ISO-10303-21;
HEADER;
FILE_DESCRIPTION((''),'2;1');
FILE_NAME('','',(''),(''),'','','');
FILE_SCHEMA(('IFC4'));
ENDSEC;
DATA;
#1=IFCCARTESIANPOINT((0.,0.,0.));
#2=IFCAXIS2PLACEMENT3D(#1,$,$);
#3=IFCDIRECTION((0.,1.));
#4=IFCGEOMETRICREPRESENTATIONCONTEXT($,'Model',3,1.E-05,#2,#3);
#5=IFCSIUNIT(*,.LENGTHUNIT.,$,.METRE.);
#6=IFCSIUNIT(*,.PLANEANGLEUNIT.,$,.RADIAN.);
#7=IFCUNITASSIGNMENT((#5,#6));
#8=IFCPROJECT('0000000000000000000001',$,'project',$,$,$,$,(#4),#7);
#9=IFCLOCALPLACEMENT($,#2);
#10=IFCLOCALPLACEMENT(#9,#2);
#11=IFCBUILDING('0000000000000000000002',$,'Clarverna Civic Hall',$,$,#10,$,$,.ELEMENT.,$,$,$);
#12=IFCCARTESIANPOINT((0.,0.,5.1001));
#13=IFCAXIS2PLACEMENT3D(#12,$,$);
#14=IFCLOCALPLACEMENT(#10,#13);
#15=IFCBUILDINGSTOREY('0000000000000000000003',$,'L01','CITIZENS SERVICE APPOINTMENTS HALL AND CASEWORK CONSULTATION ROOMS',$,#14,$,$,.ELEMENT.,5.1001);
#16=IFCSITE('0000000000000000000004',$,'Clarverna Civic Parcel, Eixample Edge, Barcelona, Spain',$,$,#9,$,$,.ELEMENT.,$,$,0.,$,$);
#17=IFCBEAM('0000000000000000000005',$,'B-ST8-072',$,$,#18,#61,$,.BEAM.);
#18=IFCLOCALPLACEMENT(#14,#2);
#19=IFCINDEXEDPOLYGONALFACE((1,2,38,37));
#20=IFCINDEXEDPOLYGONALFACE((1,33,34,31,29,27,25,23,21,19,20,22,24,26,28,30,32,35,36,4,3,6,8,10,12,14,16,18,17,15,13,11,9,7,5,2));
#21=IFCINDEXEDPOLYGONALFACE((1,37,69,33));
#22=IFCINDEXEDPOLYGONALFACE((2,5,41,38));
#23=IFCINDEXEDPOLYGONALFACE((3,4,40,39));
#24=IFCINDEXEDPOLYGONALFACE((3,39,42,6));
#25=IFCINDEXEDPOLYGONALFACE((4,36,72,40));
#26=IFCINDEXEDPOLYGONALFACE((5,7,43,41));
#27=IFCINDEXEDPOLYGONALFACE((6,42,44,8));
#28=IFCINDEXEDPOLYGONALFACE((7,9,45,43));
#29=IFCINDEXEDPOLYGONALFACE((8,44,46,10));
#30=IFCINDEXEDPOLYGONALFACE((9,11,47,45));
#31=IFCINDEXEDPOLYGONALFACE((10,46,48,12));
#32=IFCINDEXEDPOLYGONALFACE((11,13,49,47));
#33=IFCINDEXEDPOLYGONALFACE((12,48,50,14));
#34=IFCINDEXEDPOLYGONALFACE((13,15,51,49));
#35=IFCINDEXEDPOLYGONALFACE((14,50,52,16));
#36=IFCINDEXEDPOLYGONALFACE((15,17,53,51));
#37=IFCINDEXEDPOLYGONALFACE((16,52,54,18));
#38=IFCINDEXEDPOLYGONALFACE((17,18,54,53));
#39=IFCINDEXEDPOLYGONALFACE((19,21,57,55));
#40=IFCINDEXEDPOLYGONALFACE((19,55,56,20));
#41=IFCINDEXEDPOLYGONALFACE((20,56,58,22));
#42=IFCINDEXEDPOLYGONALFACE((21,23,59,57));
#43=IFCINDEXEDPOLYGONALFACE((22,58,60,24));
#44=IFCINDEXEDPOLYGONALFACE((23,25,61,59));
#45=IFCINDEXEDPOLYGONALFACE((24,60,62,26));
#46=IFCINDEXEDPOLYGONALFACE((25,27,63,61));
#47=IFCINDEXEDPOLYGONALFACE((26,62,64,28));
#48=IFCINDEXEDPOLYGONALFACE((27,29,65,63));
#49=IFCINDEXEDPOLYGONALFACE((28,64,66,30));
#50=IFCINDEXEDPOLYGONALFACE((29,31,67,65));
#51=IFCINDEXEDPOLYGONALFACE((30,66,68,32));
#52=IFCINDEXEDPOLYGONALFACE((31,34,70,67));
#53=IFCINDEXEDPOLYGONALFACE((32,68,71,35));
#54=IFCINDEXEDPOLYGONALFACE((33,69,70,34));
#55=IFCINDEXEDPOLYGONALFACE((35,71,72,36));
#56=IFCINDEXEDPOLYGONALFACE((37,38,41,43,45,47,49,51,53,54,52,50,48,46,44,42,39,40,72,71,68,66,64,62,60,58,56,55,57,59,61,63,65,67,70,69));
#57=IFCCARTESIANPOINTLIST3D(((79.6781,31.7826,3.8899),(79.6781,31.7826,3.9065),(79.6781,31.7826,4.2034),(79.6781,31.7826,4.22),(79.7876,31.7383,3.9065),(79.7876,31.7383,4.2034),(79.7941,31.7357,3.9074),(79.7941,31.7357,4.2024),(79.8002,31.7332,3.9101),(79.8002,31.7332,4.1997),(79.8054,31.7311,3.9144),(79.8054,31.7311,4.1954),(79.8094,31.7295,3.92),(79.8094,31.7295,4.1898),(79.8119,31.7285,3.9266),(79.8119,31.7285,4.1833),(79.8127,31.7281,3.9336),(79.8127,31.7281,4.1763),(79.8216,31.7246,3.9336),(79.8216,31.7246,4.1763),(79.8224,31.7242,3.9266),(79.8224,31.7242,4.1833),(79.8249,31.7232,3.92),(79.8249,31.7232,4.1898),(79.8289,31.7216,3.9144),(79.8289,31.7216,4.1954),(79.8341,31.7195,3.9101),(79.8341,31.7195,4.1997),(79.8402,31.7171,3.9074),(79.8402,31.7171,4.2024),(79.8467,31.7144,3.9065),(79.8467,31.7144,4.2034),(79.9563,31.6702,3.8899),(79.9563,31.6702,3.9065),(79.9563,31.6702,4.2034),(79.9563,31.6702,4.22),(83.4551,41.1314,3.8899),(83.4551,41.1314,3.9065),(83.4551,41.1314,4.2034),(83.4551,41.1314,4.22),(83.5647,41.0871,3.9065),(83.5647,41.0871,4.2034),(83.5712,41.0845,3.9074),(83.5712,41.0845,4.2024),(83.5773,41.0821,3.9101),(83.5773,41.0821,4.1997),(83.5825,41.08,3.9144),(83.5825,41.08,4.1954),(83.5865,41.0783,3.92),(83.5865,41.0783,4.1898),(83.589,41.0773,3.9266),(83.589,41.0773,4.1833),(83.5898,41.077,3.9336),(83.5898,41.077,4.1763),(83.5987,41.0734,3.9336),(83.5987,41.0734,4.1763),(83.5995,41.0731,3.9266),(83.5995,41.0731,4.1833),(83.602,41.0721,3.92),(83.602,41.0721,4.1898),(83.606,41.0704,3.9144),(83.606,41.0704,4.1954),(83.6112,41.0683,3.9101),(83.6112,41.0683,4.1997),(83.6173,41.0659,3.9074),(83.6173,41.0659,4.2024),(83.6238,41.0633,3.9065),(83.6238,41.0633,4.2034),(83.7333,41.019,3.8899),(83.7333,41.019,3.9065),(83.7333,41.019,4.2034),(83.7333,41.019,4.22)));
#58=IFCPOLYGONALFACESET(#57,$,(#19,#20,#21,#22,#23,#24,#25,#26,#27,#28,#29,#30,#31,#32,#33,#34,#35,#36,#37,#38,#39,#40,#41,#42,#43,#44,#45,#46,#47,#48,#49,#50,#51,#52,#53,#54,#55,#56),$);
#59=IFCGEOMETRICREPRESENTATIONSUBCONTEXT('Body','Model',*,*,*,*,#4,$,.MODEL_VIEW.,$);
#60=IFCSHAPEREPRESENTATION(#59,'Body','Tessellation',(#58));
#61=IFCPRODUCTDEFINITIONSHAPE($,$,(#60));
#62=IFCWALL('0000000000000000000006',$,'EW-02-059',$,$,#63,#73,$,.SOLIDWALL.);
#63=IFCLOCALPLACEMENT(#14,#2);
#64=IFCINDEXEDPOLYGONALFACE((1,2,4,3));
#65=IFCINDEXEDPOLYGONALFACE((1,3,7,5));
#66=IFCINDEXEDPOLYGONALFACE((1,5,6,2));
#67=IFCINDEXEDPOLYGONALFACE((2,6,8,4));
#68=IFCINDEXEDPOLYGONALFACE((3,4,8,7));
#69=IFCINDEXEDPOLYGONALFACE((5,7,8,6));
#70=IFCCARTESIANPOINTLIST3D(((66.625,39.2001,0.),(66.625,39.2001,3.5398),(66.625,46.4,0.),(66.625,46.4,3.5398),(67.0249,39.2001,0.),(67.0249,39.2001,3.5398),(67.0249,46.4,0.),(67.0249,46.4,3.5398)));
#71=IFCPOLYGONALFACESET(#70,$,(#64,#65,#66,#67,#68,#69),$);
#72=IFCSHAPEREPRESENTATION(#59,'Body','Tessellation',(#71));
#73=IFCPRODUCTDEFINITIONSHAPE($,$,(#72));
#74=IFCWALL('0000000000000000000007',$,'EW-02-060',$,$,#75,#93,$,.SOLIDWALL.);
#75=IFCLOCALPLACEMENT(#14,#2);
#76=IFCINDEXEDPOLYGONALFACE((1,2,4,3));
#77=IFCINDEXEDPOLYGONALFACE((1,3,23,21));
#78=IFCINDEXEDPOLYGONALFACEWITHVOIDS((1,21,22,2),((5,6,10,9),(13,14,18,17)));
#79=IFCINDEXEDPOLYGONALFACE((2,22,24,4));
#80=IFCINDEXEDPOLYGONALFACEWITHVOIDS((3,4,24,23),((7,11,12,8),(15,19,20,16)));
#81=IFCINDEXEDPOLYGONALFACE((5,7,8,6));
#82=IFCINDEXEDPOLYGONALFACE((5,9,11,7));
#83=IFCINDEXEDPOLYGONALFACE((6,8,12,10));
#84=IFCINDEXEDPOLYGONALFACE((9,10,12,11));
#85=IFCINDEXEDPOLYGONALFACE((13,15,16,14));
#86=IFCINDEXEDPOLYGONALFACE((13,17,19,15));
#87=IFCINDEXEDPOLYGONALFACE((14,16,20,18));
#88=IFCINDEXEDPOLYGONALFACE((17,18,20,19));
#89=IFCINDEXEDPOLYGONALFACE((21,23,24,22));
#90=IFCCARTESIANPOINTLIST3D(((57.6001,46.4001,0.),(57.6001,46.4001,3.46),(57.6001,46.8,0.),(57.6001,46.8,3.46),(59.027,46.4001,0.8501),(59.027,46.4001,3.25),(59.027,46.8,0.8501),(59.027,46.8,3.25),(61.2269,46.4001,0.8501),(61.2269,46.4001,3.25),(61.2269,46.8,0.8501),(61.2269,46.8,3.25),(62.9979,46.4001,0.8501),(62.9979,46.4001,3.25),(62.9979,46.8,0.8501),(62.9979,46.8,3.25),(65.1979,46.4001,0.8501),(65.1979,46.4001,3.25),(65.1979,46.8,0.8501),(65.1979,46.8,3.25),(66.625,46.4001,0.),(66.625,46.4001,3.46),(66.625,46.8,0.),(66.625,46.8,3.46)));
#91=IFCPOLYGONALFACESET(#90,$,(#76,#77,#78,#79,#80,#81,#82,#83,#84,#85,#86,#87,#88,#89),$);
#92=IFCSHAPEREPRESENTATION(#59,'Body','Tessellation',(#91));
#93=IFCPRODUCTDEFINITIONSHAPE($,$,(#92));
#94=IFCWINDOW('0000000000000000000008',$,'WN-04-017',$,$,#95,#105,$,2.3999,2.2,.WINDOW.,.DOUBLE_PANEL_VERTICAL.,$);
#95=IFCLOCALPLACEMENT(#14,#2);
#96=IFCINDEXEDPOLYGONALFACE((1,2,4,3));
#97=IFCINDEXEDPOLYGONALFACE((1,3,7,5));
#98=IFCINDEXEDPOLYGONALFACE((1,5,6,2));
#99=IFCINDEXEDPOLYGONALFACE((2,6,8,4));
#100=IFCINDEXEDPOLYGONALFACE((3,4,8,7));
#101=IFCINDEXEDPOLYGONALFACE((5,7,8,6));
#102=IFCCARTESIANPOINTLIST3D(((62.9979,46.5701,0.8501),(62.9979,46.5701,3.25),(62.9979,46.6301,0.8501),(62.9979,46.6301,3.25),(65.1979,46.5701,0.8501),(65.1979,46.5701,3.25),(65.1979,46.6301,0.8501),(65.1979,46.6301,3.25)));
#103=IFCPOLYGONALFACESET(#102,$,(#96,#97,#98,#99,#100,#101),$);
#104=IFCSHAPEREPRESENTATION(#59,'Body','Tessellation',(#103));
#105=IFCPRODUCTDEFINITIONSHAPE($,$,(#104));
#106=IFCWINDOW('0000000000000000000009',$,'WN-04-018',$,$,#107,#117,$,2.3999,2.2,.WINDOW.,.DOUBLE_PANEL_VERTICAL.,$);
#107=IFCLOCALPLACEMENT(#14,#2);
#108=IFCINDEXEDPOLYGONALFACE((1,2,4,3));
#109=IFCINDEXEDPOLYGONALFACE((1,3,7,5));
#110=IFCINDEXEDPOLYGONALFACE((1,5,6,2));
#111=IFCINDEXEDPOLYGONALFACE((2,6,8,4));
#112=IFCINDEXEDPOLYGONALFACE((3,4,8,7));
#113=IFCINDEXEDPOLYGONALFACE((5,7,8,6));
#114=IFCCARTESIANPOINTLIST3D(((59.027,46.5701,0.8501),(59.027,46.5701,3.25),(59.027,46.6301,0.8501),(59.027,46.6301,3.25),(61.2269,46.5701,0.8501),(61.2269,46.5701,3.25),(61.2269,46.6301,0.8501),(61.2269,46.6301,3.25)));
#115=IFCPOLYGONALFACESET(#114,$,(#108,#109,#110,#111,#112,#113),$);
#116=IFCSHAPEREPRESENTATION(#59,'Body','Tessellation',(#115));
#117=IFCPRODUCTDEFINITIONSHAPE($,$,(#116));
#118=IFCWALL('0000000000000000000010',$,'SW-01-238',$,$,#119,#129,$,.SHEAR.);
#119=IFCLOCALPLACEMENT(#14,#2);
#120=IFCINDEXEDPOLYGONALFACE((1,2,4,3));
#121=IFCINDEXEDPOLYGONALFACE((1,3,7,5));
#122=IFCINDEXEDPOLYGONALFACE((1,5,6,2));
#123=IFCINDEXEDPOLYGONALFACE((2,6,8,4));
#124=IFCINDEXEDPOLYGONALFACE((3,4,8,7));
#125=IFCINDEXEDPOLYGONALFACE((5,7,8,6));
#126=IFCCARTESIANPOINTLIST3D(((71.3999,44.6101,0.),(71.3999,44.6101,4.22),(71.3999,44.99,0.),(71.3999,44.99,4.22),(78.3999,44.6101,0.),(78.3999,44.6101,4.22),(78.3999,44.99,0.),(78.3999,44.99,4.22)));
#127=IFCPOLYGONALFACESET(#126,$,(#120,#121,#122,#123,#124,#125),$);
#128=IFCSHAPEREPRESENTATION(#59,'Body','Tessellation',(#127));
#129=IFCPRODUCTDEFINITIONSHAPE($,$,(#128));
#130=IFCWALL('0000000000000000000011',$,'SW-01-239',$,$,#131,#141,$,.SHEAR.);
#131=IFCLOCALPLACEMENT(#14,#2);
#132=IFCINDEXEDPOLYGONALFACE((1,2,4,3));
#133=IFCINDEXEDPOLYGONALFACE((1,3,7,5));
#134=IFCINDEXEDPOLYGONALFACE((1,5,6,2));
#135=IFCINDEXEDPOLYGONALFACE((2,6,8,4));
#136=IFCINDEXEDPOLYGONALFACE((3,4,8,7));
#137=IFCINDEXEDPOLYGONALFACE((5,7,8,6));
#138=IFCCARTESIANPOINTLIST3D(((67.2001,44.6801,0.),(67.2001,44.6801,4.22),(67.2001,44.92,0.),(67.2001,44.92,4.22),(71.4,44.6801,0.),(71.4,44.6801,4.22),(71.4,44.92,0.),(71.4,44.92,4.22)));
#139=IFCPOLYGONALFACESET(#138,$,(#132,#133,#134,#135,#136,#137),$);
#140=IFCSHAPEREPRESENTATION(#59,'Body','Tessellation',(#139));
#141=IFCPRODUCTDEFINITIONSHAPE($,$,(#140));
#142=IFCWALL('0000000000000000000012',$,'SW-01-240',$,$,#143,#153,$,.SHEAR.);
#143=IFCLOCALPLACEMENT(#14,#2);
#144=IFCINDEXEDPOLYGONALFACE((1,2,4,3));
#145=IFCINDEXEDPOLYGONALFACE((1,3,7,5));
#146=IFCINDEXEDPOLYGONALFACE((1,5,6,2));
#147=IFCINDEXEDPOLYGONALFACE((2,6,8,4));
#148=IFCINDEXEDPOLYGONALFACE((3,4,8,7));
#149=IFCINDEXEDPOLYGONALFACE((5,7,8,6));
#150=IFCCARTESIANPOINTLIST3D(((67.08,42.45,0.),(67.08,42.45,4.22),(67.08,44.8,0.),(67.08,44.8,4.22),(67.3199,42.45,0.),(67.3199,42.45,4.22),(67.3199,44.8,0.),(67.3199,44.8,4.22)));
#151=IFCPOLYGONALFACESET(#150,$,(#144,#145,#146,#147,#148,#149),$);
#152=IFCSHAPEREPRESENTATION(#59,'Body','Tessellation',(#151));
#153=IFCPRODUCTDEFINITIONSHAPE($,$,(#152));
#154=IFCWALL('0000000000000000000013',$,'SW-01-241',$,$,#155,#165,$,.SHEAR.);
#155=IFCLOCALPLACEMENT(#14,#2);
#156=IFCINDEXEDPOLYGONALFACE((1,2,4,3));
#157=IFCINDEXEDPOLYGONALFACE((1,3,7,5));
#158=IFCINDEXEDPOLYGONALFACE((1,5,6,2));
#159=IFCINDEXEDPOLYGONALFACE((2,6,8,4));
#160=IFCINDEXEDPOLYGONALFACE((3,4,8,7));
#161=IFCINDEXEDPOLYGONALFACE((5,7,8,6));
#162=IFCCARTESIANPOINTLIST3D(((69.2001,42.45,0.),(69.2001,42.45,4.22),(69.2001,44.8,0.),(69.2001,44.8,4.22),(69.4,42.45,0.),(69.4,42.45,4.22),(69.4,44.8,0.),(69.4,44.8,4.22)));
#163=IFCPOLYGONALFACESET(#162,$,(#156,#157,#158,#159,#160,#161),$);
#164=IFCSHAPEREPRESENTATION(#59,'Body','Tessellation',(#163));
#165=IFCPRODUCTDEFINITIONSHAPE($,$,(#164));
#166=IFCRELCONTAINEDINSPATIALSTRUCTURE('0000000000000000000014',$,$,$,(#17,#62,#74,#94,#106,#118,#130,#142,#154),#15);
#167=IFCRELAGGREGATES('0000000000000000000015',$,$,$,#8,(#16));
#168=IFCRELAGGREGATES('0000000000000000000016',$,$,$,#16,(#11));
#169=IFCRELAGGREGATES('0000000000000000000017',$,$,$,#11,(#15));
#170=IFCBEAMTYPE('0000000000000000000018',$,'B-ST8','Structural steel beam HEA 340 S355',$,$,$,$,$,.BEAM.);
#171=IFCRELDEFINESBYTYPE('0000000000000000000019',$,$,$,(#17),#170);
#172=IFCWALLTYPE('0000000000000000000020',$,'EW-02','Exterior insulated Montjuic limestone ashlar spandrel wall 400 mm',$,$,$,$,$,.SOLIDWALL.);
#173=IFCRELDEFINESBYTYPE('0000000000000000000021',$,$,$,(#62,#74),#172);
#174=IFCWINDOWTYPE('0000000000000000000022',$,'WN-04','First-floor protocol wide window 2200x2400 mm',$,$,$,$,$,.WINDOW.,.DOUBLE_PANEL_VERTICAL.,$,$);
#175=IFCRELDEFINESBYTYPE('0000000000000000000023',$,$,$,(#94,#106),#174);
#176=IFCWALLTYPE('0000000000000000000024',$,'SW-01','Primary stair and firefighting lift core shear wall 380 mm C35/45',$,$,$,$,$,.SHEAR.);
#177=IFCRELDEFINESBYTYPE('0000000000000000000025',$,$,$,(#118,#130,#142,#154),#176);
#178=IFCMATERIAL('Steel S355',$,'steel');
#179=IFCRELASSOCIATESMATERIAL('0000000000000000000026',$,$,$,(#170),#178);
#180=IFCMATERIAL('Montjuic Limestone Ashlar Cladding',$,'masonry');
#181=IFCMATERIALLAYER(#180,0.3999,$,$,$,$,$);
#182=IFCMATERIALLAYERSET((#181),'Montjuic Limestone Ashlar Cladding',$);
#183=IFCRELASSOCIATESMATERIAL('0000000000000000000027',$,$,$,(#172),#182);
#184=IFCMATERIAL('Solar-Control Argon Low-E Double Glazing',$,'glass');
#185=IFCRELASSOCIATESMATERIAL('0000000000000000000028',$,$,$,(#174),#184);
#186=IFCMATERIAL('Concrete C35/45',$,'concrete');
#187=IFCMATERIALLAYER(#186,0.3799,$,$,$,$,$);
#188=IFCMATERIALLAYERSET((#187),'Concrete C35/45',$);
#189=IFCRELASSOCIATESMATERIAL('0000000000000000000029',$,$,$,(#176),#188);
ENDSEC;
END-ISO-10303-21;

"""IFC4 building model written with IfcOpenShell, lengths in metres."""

from ifc_helpers import new_model, si_unit, direction, frame, frame_2d, origin, origin_2d, place, context, subcontext, project, spatial, rectangle, i_section, extrude, material, layer, layer_set, material_profile, profile_set, type_object, element, fill, save


model = new_model("IFC4")

# Units and contexts
model_context = context("Model", 3, precision=1e-05, world=origin(), true_north=direction((0.0, 1.0)))
body_context = subcontext(model_context, "Body", "Model", "MODEL_VIEW")
ifc_project = project(units=[si_unit("LENGTHUNIT", "METRE"), si_unit("PLANEANGLEUNIT", "RADIAN")], contexts=[model_context])

# Site, building, storey
site_placement = place(None, origin())
site = spatial("IfcSite", under=ifc_project, at=site_placement, Name="Clarverna Civic Parcel, Eixample Edge, Barcelona, Spain", CompositionType="ELEMENT", RefElevation=0.0)
building_placement = place(site_placement, origin())
building = spatial("IfcBuilding", under=site, at=building_placement, Name="Clarverna Civic Hall", CompositionType="ELEMENT")
storey_placement = place(building_placement, frame((0.0, 0.0, 5.1001)))
storey = spatial("IfcBuildingStorey", under=building, at=storey_placement, Name="L01", Description="CITIZENS SERVICE APPOINTMENTS HALL AND CASEWORK CONSULTATION ROOMS", CompositionType="ELEMENT", Elevation=5.1001)

# Shared definitions
ifc_material_1 = material(Name="Concrete C35/45", Category="concrete")

# Beam
ifc_material_2 = material(Name="Steel S355", Category="steel")
ifc_material_profile_1 = material_profile(ifc_material_2, i_section(OverallWidth=0.3, OverallDepth=0.3301, WebThickness=0.0095, FlangeThickness=0.0166, FilletRadius=0.0271, at=origin_2d()), Name="HEA 340")
ifc_profile_set_1 = profile_set([ifc_material_profile_1], Name="Steel S355")
beam_type_1 = type_object("IfcBeamType", Name="B-ST8", Description="Structural steel beam HEA 340 S355", PredefinedType="BEAM", material=ifc_profile_set_1)
beam_1_placement = place(storey_placement, frame((83.5942, 41.0752, 4.0549), z_axis=(-0.374599, -0.927187, 0.0), x_axis=(0.927187, -0.374599, 0.0)))
element("IfcBeam", 1, at=beam_1_placement, inside=storey, type_object=beam_type_1, Name="B-ST8-072", PredefinedType="BEAM", context=body_context, shape_type="SweptSolid", body=[
    extrude(i_section(OverallWidth=0.3, OverallDepth=0.3301, WebThickness=0.0095, FlangeThickness=0.0166, FilletRadius=0.0271, at=origin_2d()), origin(), (0.0, 0.0, 1.0), 10.083),
])

# Wall
ifc_material_3 = material(Name="Montjuic Limestone Ashlar Cladding", Category="masonry")
ifc_layer_1 = layer(ifc_material_3, 0.3999)
ifc_layer_set_1 = layer_set([ifc_layer_1], Name="Montjuic Limestone Ashlar Cladding")
wall_type_1 = type_object("IfcWallType", Name="EW-02", Description="Exterior insulated Montjuic limestone ashlar spandrel wall 400 mm", PredefinedType="SOLIDWALL", material=ifc_layer_set_1)
wall_1_placement = place(storey_placement, frame((66.825, 39.2, 0.0), z_axis=(0.0, 0.0, 1.0), x_axis=(0.0, 1.0, 0.0)))
element("IfcWall", 2, at=wall_1_placement, inside=storey, type_object=wall_type_1, Name="EW-02-059", PredefinedType="SOLIDWALL", context=body_context, shape_type="SweptSolid", body=[
    extrude(rectangle(XDim=7.2, YDim=0.3999, at=frame_2d((3.6001, 0.0))), origin(), (0.0, 0.0, 1.0), 3.5398),
])

# Wall, openings, windows
wall_2_placement = place(storey_placement, frame((66.625, 46.6001, 0.0), z_axis=(0.0, 0.0, 1.0), x_axis=(-1.0, 0.0, 0.0)))
wall_2 = element("IfcWall", 3, at=wall_2_placement, inside=storey, type_object=wall_type_1, Name="EW-02-060", PredefinedType="SOLIDWALL", context=body_context, shape_type="SweptSolid", body=[
    extrude(rectangle(XDim=9.0249, YDim=0.3999, at=frame_2d((4.5125, 0.0))), origin(), (0.0, 0.0, 1.0), 3.46),
])
opening_1_placement = place(wall_2_placement, frame((1.427, 0.0, 0.8501)))
opening_1 = element("IfcOpeningElement", 4, at=opening_1_placement, cuts=wall_2, PredefinedType="OPENING", context=body_context, shape_type="SweptSolid", body=[
    extrude(rectangle(XDim=2.2, YDim=2.3999, at=frame_2d((1.1001, 1.2))), frame((0.0, 0.21, 0.0), z_axis=(0.0, -1.0, 0.0), x_axis=(1.0, 0.0, 0.0)), (0.0, 0.0, 1.0), 0.4199),
])
opening_2_placement = place(wall_2_placement, frame((5.3979, 0.0, 0.8501)))
opening_2 = element("IfcOpeningElement", 5, at=opening_2_placement, cuts=wall_2, PredefinedType="OPENING", context=body_context, shape_type="SweptSolid", body=[
    extrude(rectangle(XDim=2.2, YDim=2.3999, at=frame_2d((1.1001, 1.2))), frame((0.0, 0.21, 0.0), z_axis=(0.0, -1.0, 0.0), x_axis=(1.0, 0.0, 0.0)), (0.0, 0.0, 1.0), 0.4199),
])
ifc_material_4 = material(Name="Solar-Control Argon Low-E Double Glazing", Category="glass")
window_type = type_object("IfcWindowType", Name="WN-04", Description="First-floor protocol wide window 2200x2400 mm", PartitioningType="DOUBLE_PANEL_VERTICAL", PredefinedType="WINDOW", material=ifc_material_4)
window_1_placement = place(opening_1_placement, origin())
window_1 = element("IfcWindow", 6, at=window_1_placement, inside=storey, type_object=window_type, Name="WN-04-017", OverallHeight=2.3999, OverallWidth=2.2, PartitioningType="DOUBLE_PANEL_VERTICAL", PredefinedType="WINDOW", context=body_context, shape_type="SweptSolid", body=[
    extrude(rectangle(XDim=2.2, YDim=2.3999, at=frame_2d((1.1001, 1.2))), frame((0.0, 0.03, 0.0), z_axis=(0.0, -1.0, 0.0), x_axis=(1.0, 0.0, 0.0)), (0.0, 0.0, 1.0), 0.0601),
])
fill(opening_1, window_1)
window_2_placement = place(opening_2_placement, origin())
window_2 = element("IfcWindow", 7, at=window_2_placement, inside=storey, type_object=window_type, Name="WN-04-018", OverallHeight=2.3999, OverallWidth=2.2, PartitioningType="DOUBLE_PANEL_VERTICAL", PredefinedType="WINDOW", context=body_context, shape_type="SweptSolid", body=[
    extrude(rectangle(XDim=2.2, YDim=2.3999, at=frame_2d((1.1001, 1.2))), frame((0.0, 0.03, 0.0), z_axis=(0.0, -1.0, 0.0), x_axis=(1.0, 0.0, 0.0)), (0.0, 0.0, 1.0), 0.0601),
])
fill(opening_2, window_2)

# Walls
ifc_layer_2 = layer(ifc_material_1, 0.3799)
ifc_layer_set_2 = layer_set([ifc_layer_2], Name="Concrete C35/45")
wall_type_2 = type_object("IfcWallType", Name="SW-01", Description="Primary stair and firefighting lift core shear wall 380 mm C35/45", PredefinedType="SHEAR", material=ifc_layer_set_2)
wall_3_placement = place(storey_placement, frame((71.3999, 44.8, 0.0), z_axis=(0.0, 0.0, 1.0), x_axis=(1.0, 0.0, 0.0)))
element("IfcWall", 8, at=wall_3_placement, inside=storey, type_object=wall_type_2, Name="SW-01-238", PredefinedType="SHEAR", context=body_context, shape_type="SweptSolid", body=[
    extrude(rectangle(XDim=7.0, YDim=0.3799, at=frame_2d((3.5, 0.0))), origin(), (0.0, 0.0, 1.0), 4.22),
])
wall_4_placement = place(storey_placement, frame((67.2, 44.8, 0.0), z_axis=(0.0, 0.0, 1.0), x_axis=(1.0, 0.0, 0.0)))
element("IfcWall", 9, at=wall_4_placement, inside=storey, type_object=wall_type_2, Name="SW-01-239", PredefinedType="SHEAR", context=body_context, shape_type="SweptSolid", body=[
    extrude(rectangle(XDim=4.2, YDim=0.24, at=frame_2d((2.1001, 0.0))), origin(), (0.0, 0.0, 1.0), 4.22),
])
wall_5_placement = place(storey_placement, frame((67.2, 42.45, 0.0), z_axis=(0.0, 0.0, 1.0), x_axis=(0.0, 1.0, 0.0)))
element("IfcWall", 10, at=wall_5_placement, inside=storey, type_object=wall_type_2, Name="SW-01-240", PredefinedType="SHEAR", context=body_context, shape_type="SweptSolid", body=[
    extrude(rectangle(XDim=2.3501, YDim=0.24, at=frame_2d((1.175, 0.0))), origin(), (0.0, 0.0, 1.0), 4.22),
])
wall_6_placement = place(storey_placement, frame((69.3, 42.45, 0.0), z_axis=(0.0, 0.0, 1.0), x_axis=(0.0, 1.0, 0.0)))
element("IfcWall", 11, at=wall_6_placement, inside=storey, type_object=wall_type_2, Name="SW-01-241", PredefinedType="SHEAR", context=body_context, shape_type="SweptSolid", body=[
    extrude(rectangle(XDim=2.3501, YDim=0.2, at=frame_2d((1.175, 0.0))), origin(), (0.0, 0.0, 1.0), 4.22),
])

save(model, "model.ifc")
